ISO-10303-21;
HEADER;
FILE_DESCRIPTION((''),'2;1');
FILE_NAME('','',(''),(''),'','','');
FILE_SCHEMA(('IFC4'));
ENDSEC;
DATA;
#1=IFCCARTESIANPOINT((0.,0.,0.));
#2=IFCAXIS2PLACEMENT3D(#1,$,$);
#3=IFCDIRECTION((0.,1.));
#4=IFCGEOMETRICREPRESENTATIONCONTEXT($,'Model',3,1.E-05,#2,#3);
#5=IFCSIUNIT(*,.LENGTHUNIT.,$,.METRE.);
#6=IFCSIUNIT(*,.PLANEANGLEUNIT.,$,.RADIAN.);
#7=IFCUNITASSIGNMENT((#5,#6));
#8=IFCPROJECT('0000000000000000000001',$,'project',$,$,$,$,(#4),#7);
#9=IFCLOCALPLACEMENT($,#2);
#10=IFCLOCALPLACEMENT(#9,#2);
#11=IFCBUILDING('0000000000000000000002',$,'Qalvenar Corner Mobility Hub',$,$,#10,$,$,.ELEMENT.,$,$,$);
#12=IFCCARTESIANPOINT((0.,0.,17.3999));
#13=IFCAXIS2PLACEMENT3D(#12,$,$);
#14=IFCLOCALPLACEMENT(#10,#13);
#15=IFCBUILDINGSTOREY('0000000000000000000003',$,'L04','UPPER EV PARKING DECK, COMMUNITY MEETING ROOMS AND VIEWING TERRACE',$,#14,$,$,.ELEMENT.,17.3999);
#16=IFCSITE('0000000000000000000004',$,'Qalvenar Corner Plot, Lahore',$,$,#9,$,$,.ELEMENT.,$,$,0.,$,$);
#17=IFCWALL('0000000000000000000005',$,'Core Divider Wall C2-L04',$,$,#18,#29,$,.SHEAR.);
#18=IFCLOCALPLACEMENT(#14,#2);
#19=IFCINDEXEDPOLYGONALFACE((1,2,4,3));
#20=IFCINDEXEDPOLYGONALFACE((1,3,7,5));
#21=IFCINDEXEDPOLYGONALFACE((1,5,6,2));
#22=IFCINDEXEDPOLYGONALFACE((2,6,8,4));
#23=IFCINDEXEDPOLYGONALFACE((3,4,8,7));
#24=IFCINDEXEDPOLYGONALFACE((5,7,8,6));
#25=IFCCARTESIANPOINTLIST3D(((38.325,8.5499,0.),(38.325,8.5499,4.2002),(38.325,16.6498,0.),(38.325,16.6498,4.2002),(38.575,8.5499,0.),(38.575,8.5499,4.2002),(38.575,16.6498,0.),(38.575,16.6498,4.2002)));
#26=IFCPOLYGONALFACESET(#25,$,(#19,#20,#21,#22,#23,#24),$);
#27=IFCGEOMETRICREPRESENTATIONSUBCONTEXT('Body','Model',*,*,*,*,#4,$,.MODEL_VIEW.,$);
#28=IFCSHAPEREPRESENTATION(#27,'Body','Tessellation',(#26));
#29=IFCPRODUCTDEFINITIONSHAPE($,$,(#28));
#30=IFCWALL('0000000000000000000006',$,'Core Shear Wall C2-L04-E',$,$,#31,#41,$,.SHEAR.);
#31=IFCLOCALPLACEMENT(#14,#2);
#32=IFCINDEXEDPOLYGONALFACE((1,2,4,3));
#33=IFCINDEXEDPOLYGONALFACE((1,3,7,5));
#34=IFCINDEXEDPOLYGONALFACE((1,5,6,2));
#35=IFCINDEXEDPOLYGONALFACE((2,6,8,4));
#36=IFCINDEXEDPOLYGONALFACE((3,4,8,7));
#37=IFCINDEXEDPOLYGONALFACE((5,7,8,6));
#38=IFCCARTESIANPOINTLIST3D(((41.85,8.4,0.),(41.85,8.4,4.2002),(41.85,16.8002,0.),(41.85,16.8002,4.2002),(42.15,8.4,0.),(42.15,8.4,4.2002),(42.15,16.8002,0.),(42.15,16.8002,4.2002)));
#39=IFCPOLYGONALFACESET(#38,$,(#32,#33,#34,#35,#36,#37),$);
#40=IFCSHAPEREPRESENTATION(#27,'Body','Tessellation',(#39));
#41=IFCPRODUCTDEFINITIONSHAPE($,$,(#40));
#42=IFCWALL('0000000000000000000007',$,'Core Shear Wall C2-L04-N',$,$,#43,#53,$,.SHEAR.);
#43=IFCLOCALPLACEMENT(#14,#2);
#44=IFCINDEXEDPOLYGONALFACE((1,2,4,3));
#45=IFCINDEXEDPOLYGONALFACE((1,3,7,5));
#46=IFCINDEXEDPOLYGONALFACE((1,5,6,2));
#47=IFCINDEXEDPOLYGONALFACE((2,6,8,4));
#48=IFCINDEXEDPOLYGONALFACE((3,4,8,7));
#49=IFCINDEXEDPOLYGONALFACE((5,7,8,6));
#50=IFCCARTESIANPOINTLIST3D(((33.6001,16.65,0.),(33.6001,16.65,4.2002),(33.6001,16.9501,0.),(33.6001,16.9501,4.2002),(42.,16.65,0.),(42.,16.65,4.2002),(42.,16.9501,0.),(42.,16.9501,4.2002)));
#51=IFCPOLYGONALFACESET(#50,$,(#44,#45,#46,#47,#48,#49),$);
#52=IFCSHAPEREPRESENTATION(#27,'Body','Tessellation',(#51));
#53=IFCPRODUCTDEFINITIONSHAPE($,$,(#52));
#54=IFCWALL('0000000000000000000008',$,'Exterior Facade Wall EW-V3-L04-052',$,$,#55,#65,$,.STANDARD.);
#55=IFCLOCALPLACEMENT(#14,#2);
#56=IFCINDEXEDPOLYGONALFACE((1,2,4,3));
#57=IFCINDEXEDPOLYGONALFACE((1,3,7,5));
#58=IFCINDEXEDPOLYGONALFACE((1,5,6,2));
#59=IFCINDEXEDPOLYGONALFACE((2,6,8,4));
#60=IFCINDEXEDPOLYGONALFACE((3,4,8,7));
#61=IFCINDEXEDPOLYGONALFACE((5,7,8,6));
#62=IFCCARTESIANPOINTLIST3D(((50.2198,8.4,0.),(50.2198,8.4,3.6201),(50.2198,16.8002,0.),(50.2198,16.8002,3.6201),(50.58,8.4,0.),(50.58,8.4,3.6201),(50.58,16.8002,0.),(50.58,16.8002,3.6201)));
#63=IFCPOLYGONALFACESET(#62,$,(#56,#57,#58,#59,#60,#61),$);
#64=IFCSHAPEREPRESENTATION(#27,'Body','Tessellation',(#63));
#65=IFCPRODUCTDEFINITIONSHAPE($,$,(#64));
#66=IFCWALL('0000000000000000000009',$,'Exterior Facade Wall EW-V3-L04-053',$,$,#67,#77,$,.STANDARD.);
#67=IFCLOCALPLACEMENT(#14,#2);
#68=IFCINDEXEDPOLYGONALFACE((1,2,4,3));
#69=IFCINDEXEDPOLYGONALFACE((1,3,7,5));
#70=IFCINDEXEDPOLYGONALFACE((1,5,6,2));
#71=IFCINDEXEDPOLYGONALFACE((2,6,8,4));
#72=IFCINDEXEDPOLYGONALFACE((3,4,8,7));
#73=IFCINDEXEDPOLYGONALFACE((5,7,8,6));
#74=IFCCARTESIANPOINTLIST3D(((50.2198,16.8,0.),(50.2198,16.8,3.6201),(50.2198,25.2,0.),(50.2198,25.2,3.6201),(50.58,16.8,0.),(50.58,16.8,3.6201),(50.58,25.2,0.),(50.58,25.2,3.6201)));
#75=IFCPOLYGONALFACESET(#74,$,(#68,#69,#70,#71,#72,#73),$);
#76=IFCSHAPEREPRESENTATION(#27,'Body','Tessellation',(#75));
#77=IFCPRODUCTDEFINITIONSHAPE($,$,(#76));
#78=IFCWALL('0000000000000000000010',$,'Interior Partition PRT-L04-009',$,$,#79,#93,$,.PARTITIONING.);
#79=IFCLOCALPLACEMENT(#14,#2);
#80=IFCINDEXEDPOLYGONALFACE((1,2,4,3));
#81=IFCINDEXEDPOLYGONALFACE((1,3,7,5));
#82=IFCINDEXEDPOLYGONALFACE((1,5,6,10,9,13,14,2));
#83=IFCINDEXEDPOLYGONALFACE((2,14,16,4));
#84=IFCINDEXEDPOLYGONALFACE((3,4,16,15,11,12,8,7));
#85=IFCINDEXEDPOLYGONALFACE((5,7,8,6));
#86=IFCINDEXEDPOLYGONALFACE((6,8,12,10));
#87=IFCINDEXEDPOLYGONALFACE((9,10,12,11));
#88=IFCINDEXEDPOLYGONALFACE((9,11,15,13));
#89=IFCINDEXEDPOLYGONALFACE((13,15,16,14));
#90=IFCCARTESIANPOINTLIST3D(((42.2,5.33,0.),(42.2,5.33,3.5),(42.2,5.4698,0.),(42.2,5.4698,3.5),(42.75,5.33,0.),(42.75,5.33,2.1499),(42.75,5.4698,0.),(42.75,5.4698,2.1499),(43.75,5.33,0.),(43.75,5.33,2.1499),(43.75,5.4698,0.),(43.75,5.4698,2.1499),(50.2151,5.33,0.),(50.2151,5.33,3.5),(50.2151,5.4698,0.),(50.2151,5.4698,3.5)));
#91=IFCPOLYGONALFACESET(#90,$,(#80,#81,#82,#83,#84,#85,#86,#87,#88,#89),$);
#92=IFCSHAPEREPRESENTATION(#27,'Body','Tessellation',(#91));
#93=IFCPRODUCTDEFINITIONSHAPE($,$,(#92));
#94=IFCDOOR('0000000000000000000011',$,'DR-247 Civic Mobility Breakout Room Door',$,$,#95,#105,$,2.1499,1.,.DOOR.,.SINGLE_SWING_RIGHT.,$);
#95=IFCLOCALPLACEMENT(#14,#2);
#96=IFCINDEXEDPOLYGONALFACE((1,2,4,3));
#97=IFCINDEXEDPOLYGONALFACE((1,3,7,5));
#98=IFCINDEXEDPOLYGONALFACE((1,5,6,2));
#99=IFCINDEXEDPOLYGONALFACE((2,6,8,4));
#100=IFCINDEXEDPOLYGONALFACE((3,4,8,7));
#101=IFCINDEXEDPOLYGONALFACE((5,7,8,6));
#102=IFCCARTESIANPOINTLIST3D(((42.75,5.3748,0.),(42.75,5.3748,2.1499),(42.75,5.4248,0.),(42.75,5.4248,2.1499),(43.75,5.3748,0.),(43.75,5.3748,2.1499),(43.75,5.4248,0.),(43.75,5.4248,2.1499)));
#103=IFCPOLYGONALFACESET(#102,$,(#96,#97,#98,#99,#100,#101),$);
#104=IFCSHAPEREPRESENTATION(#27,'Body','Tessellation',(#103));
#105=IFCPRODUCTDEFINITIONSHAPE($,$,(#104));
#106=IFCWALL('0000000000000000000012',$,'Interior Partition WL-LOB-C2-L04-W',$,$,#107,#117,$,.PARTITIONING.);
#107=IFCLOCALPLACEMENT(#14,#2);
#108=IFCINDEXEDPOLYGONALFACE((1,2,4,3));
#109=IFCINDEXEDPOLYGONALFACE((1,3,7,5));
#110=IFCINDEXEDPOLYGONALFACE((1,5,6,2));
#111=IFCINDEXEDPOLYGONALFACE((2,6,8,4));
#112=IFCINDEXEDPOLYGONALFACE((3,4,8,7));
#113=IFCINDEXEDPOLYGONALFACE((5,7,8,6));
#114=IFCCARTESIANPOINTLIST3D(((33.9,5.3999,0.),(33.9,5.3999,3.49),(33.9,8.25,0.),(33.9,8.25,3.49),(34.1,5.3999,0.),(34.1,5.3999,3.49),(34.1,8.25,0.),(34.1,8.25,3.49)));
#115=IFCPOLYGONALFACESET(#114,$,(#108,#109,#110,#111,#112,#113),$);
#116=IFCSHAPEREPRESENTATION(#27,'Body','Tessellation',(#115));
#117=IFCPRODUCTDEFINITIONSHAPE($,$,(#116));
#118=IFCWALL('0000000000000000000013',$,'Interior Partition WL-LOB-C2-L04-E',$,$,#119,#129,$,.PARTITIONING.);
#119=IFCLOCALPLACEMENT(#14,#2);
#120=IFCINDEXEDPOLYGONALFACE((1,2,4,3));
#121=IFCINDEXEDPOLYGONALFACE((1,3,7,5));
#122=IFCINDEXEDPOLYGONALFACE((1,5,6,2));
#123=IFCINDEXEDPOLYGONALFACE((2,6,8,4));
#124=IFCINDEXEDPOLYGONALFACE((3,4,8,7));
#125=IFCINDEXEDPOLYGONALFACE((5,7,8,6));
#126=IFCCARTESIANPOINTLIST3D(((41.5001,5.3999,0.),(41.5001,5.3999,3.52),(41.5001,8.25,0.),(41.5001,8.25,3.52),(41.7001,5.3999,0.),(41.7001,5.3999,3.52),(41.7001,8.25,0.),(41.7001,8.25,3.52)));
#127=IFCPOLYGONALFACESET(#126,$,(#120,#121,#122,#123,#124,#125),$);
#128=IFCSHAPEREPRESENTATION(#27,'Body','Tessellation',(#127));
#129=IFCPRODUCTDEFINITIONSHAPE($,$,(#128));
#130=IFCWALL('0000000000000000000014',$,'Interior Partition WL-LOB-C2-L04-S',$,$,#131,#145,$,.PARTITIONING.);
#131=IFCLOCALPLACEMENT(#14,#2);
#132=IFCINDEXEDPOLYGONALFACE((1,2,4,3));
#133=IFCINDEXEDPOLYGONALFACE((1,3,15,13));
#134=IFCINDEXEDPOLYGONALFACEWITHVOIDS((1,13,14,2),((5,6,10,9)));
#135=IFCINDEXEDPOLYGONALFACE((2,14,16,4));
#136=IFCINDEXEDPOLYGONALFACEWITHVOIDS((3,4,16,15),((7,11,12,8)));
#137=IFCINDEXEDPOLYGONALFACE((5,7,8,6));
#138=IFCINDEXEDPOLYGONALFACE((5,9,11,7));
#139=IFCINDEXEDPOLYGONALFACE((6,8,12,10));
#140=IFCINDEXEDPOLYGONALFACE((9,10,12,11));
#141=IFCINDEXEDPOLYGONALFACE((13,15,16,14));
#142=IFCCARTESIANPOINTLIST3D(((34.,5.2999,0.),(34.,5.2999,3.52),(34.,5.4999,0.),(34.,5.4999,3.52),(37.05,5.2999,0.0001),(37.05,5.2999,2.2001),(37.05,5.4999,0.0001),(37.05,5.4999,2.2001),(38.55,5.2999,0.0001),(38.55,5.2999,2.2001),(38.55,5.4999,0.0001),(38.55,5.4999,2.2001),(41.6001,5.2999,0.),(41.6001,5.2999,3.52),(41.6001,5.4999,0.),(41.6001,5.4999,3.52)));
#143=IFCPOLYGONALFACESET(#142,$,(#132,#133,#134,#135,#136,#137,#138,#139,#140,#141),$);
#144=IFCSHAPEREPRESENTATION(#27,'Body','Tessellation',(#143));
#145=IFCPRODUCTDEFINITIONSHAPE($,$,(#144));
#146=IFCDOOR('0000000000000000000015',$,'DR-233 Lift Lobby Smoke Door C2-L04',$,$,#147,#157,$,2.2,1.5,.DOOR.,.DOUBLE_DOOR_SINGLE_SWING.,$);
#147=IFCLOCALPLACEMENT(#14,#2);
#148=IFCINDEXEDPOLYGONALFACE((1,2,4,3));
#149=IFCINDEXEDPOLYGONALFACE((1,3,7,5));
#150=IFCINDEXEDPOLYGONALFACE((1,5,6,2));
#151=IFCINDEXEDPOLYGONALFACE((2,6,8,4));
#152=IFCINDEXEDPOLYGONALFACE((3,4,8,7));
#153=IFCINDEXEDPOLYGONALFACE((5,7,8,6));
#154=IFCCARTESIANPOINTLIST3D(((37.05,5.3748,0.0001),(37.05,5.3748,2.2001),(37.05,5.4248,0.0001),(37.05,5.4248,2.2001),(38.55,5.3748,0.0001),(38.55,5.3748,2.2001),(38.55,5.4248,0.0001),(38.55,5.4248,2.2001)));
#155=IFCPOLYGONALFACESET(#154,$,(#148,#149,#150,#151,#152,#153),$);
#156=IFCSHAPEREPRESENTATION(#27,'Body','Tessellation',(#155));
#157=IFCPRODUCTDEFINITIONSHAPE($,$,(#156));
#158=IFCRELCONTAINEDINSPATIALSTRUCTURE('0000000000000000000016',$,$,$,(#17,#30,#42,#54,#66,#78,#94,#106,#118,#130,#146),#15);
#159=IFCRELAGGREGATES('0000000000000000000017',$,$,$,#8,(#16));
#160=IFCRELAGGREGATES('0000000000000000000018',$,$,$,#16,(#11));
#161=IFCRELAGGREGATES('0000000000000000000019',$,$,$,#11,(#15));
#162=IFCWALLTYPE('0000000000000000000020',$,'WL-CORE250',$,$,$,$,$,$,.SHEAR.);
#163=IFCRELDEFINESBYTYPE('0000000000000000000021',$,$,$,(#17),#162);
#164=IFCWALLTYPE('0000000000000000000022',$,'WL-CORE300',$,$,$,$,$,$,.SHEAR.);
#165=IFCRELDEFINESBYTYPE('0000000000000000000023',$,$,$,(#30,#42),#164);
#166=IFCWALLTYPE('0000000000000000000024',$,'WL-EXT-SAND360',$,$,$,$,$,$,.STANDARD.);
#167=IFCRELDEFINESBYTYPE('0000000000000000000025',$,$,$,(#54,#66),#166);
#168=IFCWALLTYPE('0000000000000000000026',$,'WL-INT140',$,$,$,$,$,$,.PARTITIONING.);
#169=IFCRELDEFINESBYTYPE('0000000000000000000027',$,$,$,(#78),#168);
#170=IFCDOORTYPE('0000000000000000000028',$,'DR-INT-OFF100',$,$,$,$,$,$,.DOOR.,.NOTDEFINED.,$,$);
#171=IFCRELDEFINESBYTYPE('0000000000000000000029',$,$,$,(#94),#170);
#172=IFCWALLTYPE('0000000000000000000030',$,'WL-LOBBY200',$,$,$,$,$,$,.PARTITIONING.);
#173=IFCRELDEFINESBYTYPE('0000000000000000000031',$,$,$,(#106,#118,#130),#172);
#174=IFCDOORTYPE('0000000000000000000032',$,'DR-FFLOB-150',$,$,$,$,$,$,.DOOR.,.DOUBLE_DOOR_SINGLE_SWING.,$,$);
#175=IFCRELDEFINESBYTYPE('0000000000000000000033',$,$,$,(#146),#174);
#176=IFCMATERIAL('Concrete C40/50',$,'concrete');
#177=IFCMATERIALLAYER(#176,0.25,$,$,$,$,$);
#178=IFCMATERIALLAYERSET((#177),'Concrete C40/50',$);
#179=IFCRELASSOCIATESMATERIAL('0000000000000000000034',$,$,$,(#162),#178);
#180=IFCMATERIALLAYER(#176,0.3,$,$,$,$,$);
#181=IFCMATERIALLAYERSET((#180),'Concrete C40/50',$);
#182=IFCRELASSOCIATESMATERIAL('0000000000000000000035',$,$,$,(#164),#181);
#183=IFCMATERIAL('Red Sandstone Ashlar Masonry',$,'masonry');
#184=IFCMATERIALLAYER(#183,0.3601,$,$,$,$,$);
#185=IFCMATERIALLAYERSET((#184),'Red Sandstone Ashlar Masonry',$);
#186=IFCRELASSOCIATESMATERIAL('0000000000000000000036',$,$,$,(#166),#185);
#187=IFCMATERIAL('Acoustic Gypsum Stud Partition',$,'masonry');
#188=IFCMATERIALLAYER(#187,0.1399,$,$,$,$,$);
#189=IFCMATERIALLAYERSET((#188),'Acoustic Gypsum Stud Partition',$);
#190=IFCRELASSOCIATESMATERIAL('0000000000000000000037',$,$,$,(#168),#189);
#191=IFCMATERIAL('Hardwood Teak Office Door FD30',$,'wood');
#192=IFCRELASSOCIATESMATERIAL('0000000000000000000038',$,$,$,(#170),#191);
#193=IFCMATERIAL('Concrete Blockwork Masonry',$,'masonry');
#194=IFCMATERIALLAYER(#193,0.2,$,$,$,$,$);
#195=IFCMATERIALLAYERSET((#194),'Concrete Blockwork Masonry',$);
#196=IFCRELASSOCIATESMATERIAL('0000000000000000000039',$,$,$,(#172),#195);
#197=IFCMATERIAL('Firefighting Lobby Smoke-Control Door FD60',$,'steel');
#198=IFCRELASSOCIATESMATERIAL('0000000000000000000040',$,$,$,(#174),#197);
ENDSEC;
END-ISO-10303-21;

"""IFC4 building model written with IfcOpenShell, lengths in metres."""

from ifc_helpers import new_model, si_unit, direction, frame, frame_2d, origin, place, context, subcontext, project, spatial, rectangle, extrude, material, layer, layer_set, type_object, element, fill, save


model = new_model("IFC4")

# Units and contexts
model_context = context("Model", 3, precision=1e-05, world=origin(), true_north=direction((0.0, 1.0)))
body_context = subcontext(model_context, "Body", "Model", "MODEL_VIEW")
ifc_project = project(units=[si_unit("LENGTHUNIT", "METRE"), si_unit("PLANEANGLEUNIT", "RADIAN")], contexts=[model_context])

# Site, building, storey
site_placement = place(None, origin())
site = spatial("IfcSite", under=ifc_project, at=site_placement, Name="Qalvenar Corner Plot, Lahore", CompositionType="ELEMENT", RefElevation=0.0)
building_placement = place(site_placement, origin())
building = spatial("IfcBuilding", under=site, at=building_placement, Name="Qalvenar Corner Mobility Hub", CompositionType="ELEMENT")
storey_placement = place(building_placement, frame((0.0, 0.0, 17.3999)))
storey = spatial("IfcBuildingStorey", under=building, at=storey_placement, Name="L04", Description="UPPER EV PARKING DECK, COMMUNITY MEETING ROOMS AND VIEWING TERRACE", CompositionType="ELEMENT", Elevation=17.3999)

# Walls
ifc_material_1 = material(Name="Concrete C40/50", Category="concrete")
ifc_layer_1 = layer(ifc_material_1, 0.25)
ifc_layer_set_1 = layer_set([ifc_layer_1], Name="Concrete C40/50")
wall_type_1 = type_object("IfcWallType", Name="WL-CORE250", PredefinedType="SHEAR", material=ifc_layer_set_1)
wall_1_placement = place(storey_placement, frame((38.45, 8.55, 0.0), z_axis=(0.0, 0.0, 1.0), x_axis=(0.0, 1.0, 0.0)))
element("IfcWall", 1, at=wall_1_placement, inside=storey, type_object=wall_type_1, Name="Core Divider Wall C2-L04", PredefinedType="SHEAR", context=body_context, shape_type="SweptSolid", body=[
    extrude(rectangle(XDim=8.0999, YDim=0.25, at=frame_2d((4.0498, 0.0))), origin(), (0.0, 0.0, 1.0), 4.2002),
])
ifc_layer_2 = layer(ifc_material_1, 0.3)
ifc_layer_set_2 = layer_set([ifc_layer_2], Name="Concrete C40/50")
wall_type_2 = type_object("IfcWallType", Name="WL-CORE300", PredefinedType="SHEAR", material=ifc_layer_set_2)
wall_2_placement = place(storey_placement, frame((42.0, 8.3999, 0.0), z_axis=(0.0, 0.0, 1.0), x_axis=(0.0, 1.0, 0.0)))
element("IfcWall", 2, at=wall_2_placement, inside=storey, type_object=wall_type_2, Name="Core Shear Wall C2-L04-E", PredefinedType="SHEAR", context=body_context, shape_type="SweptSolid", body=[
    extrude(rectangle(XDim=8.4001, YDim=0.3, at=frame_2d((4.2002, 0.0))), origin(), (0.0, 0.0, 1.0), 4.2002),
])
wall_3_placement = place(storey_placement, frame((42.0, 16.8, 0.0), z_axis=(0.0, 0.0, 1.0), x_axis=(-1.0, 0.0, 0.0)))
element("IfcWall", 3, at=wall_3_placement, inside=storey, type_object=wall_type_2, Name="Core Shear Wall C2-L04-N", PredefinedType="SHEAR", context=body_context, shape_type="SweptSolid", body=[
    extrude(rectangle(XDim=8.3999, YDim=0.3, at=frame_2d((4.2, 0.0))), origin(), (0.0, 0.0, 1.0), 4.2002),
])
ifc_material_2 = material(Name="Red Sandstone Ashlar Masonry", Category="masonry")
ifc_layer_3 = layer(ifc_material_2, 0.3601)
ifc_layer_set_3 = layer_set([ifc_layer_3], Name="Red Sandstone Ashlar Masonry")
wall_type_3 = type_object("IfcWallType", Name="WL-EXT-SAND360", PredefinedType="STANDARD", material=ifc_layer_set_3)
wall_4_placement = place(storey_placement, frame((50.3999, 8.3999, 0.0), z_axis=(0.0, 0.0, 1.0), x_axis=(0.0, 1.0, 0.0)))
element("IfcWall", 4, at=wall_4_placement, inside=storey, type_object=wall_type_3, Name="Exterior Facade Wall EW-V3-L04-052", PredefinedType="STANDARD", context=body_context, shape_type="SweptSolid", body=[
    extrude(rectangle(XDim=8.4001, YDim=0.3601, at=frame_2d((4.2002, 0.0))), origin(), (0.0, 0.0, 1.0), 3.6201),
])
wall_5_placement = place(storey_placement, frame((50.3999, 16.8, 0.0), z_axis=(0.0, 0.0, 1.0), x_axis=(0.0, 1.0, 0.0)))
element("IfcWall", 5, at=wall_5_placement, inside=storey, type_object=wall_type_3, Name="Exterior Facade Wall EW-V3-L04-053", PredefinedType="STANDARD", context=body_context, shape_type="SweptSolid", body=[
    extrude(rectangle(XDim=8.3999, YDim=0.3601, at=frame_2d((4.2, 0.0))), origin(), (0.0, 0.0, 1.0), 3.6201),
])

# Wall, opening, door
ifc_material_3 = material(Name="Acoustic Gypsum Stud Partition", Category="masonry")
ifc_layer_4 = layer(ifc_material_3, 0.1399)
ifc_layer_set_4 = layer_set([ifc_layer_4], Name="Acoustic Gypsum Stud Partition")
wall_type_4 = type_object("IfcWallType", Name="WL-INT140", PredefinedType="PARTITIONING", material=ifc_layer_set_4)
wall_6_placement = place(storey_placement, frame((42.2, 5.3999, 0.0), z_axis=(0.0, 0.0, 1.0), x_axis=(1.0, 0.0, 0.0)))
wall_6 = element("IfcWall", 6, at=wall_6_placement, inside=storey, type_object=wall_type_4, Name="Interior Partition PRT-L04-009", PredefinedType="PARTITIONING", context=body_context, shape_type="SweptSolid", body=[
    extrude(rectangle(XDim=8.0151, YDim=0.1399, at=frame_2d((4.0076, 0.0))), origin(), (0.0, 0.0, 1.0), 3.5),
])
opening_1_placement = place(wall_6_placement, frame((0.55, 0.0, 0.0)))
opening_1 = element("IfcOpeningElement", 7, at=opening_1_placement, cuts=wall_6, PredefinedType="OPENING", context=body_context, shape_type="SweptSolid", body=[
    extrude(rectangle(XDim=1.0, YDim=2.1499, at=frame_2d((0.5, 1.075))), frame((0.0, 0.0801, 0.0), z_axis=(0.0, -1.0, 0.0), x_axis=(1.0, 0.0, 0.0)), (0.0, 0.0, 1.0), 0.1599),
])
ifc_material_4 = material(Name="Hardwood Teak Office Door FD30", Category="wood")
door_type_1 = type_object("IfcDoorType", Name="DR-INT-OFF100", OperationType="NOTDEFINED", PredefinedType="DOOR", material=ifc_material_4)
door_1_placement = place(opening_1_placement, origin())
door_1 = element("IfcDoor", 8, at=door_1_placement, inside=storey, type_object=door_type_1, Name="DR-247 Civic Mobility Breakout Room Door", OperationType="SINGLE_SWING_RIGHT", OverallHeight=2.1499, OverallWidth=1.0, PredefinedType="DOOR", context=body_context, shape_type="SweptSolid", body=[
    extrude(rectangle(XDim=1.0, YDim=2.1499, at=frame_2d((0.5, 1.075))), frame((0.0, 0.0249, 0.0), z_axis=(0.0, -1.0, 0.0), x_axis=(1.0, 0.0, 0.0)), (0.0, 0.0, 1.0), 0.05),
])
fill(opening_1, door_1)

# Walls
ifc_material_5 = material(Name="Concrete Blockwork Masonry", Category="masonry")
ifc_layer_5 = layer(ifc_material_5, 0.2)
ifc_layer_set_5 = layer_set([ifc_layer_5], Name="Concrete Blockwork Masonry")
wall_type_5 = type_object("IfcWallType", Name="WL-LOBBY200", PredefinedType="PARTITIONING", material=ifc_layer_set_5)
wall_7_placement = place(storey_placement, frame((34.0, 5.3999, 0.0), z_axis=(0.0, 0.0, 1.0), x_axis=(0.0, 1.0, 0.0)))
element("IfcWall", 9, at=wall_7_placement, inside=storey, type_object=wall_type_5, Name="Interior Partition WL-LOB-C2-L04-W", PredefinedType="PARTITIONING", context=body_context, shape_type="SweptSolid", body=[
    extrude(rectangle(XDim=2.8501, YDim=0.2, at=frame_2d((1.425, 0.0))), origin(), (0.0, 0.0, 1.0), 3.49),
])
wall_8_placement = place(storey_placement, frame((41.6001, 5.3999, 0.0), z_axis=(0.0, 0.0, 1.0), x_axis=(0.0, 1.0, 0.0)))
element("IfcWall", 10, at=wall_8_placement, inside=storey, type_object=wall_type_5, Name="Interior Partition WL-LOB-C2-L04-E", PredefinedType="PARTITIONING", context=body_context, shape_type="SweptSolid", body=[
    extrude(rectangle(XDim=2.8501, YDim=0.2, at=frame_2d((1.425, 0.0))), origin(), (0.0, 0.0, 1.0), 3.52),
])

# Wall, opening, door
wall_9_placement = place(storey_placement, frame((34.0, 5.3999, 0.0), z_axis=(0.0, 0.0, 1.0), x_axis=(1.0, 0.0, 0.0)))
wall_9 = element("IfcWall", 11, at=wall_9_placement, inside=storey, type_object=wall_type_5, Name="Interior Partition WL-LOB-C2-L04-S", PredefinedType="PARTITIONING", context=body_context, shape_type="SweptSolid", body=[
    extrude(rectangle(XDim=7.6001, YDim=0.2, at=frame_2d((3.8, 0.0))), origin(), (0.0, 0.0, 1.0), 3.52),
])
opening_2_placement = place(wall_9_placement, frame((3.05, 0.0, 0.0)))
opening_2 = element("IfcOpeningElement", 12, at=opening_2_placement, cuts=wall_9, PredefinedType="OPENING", context=body_context, shape_type="SweptSolid", body=[
    extrude(rectangle(XDim=1.5, YDim=2.2, at=frame_2d((0.75, 1.1001))), frame((0.0, 0.1099, 0.0), z_axis=(0.0, -1.0, 0.0), x_axis=(1.0, 0.0, 0.0)), (0.0, 0.0, 1.0), 0.22),
])
ifc_material_6 = material(Name="Firefighting Lobby Smoke-Control Door FD60", Category="steel")
door_type_2 = type_object("IfcDoorType", Name="DR-FFLOB-150", OperationType="DOUBLE_DOOR_SINGLE_SWING", PredefinedType="DOOR", material=ifc_material_6)
door_2_placement = place(opening_2_placement, origin())
door_2 = element("IfcDoor", 13, at=door_2_placement, inside=storey, type_object=door_type_2, Name="DR-233 Lift Lobby Smoke Door C2-L04", OperationType="DOUBLE_DOOR_SINGLE_SWING", OverallHeight=2.2, OverallWidth=1.5, PredefinedType="DOOR", context=body_context, shape_type="SweptSolid", body=[
    extrude(rectangle(XDim=1.5, YDim=2.2, at=frame_2d((0.75, 1.1001))), frame((0.0, 0.0249, 0.0), z_axis=(0.0, -1.0, 0.0), x_axis=(1.0, 0.0, 0.0)), (0.0, 0.0, 1.0), 0.05),
])
fill(opening_2, door_2)

save(model, "model.ifc")
